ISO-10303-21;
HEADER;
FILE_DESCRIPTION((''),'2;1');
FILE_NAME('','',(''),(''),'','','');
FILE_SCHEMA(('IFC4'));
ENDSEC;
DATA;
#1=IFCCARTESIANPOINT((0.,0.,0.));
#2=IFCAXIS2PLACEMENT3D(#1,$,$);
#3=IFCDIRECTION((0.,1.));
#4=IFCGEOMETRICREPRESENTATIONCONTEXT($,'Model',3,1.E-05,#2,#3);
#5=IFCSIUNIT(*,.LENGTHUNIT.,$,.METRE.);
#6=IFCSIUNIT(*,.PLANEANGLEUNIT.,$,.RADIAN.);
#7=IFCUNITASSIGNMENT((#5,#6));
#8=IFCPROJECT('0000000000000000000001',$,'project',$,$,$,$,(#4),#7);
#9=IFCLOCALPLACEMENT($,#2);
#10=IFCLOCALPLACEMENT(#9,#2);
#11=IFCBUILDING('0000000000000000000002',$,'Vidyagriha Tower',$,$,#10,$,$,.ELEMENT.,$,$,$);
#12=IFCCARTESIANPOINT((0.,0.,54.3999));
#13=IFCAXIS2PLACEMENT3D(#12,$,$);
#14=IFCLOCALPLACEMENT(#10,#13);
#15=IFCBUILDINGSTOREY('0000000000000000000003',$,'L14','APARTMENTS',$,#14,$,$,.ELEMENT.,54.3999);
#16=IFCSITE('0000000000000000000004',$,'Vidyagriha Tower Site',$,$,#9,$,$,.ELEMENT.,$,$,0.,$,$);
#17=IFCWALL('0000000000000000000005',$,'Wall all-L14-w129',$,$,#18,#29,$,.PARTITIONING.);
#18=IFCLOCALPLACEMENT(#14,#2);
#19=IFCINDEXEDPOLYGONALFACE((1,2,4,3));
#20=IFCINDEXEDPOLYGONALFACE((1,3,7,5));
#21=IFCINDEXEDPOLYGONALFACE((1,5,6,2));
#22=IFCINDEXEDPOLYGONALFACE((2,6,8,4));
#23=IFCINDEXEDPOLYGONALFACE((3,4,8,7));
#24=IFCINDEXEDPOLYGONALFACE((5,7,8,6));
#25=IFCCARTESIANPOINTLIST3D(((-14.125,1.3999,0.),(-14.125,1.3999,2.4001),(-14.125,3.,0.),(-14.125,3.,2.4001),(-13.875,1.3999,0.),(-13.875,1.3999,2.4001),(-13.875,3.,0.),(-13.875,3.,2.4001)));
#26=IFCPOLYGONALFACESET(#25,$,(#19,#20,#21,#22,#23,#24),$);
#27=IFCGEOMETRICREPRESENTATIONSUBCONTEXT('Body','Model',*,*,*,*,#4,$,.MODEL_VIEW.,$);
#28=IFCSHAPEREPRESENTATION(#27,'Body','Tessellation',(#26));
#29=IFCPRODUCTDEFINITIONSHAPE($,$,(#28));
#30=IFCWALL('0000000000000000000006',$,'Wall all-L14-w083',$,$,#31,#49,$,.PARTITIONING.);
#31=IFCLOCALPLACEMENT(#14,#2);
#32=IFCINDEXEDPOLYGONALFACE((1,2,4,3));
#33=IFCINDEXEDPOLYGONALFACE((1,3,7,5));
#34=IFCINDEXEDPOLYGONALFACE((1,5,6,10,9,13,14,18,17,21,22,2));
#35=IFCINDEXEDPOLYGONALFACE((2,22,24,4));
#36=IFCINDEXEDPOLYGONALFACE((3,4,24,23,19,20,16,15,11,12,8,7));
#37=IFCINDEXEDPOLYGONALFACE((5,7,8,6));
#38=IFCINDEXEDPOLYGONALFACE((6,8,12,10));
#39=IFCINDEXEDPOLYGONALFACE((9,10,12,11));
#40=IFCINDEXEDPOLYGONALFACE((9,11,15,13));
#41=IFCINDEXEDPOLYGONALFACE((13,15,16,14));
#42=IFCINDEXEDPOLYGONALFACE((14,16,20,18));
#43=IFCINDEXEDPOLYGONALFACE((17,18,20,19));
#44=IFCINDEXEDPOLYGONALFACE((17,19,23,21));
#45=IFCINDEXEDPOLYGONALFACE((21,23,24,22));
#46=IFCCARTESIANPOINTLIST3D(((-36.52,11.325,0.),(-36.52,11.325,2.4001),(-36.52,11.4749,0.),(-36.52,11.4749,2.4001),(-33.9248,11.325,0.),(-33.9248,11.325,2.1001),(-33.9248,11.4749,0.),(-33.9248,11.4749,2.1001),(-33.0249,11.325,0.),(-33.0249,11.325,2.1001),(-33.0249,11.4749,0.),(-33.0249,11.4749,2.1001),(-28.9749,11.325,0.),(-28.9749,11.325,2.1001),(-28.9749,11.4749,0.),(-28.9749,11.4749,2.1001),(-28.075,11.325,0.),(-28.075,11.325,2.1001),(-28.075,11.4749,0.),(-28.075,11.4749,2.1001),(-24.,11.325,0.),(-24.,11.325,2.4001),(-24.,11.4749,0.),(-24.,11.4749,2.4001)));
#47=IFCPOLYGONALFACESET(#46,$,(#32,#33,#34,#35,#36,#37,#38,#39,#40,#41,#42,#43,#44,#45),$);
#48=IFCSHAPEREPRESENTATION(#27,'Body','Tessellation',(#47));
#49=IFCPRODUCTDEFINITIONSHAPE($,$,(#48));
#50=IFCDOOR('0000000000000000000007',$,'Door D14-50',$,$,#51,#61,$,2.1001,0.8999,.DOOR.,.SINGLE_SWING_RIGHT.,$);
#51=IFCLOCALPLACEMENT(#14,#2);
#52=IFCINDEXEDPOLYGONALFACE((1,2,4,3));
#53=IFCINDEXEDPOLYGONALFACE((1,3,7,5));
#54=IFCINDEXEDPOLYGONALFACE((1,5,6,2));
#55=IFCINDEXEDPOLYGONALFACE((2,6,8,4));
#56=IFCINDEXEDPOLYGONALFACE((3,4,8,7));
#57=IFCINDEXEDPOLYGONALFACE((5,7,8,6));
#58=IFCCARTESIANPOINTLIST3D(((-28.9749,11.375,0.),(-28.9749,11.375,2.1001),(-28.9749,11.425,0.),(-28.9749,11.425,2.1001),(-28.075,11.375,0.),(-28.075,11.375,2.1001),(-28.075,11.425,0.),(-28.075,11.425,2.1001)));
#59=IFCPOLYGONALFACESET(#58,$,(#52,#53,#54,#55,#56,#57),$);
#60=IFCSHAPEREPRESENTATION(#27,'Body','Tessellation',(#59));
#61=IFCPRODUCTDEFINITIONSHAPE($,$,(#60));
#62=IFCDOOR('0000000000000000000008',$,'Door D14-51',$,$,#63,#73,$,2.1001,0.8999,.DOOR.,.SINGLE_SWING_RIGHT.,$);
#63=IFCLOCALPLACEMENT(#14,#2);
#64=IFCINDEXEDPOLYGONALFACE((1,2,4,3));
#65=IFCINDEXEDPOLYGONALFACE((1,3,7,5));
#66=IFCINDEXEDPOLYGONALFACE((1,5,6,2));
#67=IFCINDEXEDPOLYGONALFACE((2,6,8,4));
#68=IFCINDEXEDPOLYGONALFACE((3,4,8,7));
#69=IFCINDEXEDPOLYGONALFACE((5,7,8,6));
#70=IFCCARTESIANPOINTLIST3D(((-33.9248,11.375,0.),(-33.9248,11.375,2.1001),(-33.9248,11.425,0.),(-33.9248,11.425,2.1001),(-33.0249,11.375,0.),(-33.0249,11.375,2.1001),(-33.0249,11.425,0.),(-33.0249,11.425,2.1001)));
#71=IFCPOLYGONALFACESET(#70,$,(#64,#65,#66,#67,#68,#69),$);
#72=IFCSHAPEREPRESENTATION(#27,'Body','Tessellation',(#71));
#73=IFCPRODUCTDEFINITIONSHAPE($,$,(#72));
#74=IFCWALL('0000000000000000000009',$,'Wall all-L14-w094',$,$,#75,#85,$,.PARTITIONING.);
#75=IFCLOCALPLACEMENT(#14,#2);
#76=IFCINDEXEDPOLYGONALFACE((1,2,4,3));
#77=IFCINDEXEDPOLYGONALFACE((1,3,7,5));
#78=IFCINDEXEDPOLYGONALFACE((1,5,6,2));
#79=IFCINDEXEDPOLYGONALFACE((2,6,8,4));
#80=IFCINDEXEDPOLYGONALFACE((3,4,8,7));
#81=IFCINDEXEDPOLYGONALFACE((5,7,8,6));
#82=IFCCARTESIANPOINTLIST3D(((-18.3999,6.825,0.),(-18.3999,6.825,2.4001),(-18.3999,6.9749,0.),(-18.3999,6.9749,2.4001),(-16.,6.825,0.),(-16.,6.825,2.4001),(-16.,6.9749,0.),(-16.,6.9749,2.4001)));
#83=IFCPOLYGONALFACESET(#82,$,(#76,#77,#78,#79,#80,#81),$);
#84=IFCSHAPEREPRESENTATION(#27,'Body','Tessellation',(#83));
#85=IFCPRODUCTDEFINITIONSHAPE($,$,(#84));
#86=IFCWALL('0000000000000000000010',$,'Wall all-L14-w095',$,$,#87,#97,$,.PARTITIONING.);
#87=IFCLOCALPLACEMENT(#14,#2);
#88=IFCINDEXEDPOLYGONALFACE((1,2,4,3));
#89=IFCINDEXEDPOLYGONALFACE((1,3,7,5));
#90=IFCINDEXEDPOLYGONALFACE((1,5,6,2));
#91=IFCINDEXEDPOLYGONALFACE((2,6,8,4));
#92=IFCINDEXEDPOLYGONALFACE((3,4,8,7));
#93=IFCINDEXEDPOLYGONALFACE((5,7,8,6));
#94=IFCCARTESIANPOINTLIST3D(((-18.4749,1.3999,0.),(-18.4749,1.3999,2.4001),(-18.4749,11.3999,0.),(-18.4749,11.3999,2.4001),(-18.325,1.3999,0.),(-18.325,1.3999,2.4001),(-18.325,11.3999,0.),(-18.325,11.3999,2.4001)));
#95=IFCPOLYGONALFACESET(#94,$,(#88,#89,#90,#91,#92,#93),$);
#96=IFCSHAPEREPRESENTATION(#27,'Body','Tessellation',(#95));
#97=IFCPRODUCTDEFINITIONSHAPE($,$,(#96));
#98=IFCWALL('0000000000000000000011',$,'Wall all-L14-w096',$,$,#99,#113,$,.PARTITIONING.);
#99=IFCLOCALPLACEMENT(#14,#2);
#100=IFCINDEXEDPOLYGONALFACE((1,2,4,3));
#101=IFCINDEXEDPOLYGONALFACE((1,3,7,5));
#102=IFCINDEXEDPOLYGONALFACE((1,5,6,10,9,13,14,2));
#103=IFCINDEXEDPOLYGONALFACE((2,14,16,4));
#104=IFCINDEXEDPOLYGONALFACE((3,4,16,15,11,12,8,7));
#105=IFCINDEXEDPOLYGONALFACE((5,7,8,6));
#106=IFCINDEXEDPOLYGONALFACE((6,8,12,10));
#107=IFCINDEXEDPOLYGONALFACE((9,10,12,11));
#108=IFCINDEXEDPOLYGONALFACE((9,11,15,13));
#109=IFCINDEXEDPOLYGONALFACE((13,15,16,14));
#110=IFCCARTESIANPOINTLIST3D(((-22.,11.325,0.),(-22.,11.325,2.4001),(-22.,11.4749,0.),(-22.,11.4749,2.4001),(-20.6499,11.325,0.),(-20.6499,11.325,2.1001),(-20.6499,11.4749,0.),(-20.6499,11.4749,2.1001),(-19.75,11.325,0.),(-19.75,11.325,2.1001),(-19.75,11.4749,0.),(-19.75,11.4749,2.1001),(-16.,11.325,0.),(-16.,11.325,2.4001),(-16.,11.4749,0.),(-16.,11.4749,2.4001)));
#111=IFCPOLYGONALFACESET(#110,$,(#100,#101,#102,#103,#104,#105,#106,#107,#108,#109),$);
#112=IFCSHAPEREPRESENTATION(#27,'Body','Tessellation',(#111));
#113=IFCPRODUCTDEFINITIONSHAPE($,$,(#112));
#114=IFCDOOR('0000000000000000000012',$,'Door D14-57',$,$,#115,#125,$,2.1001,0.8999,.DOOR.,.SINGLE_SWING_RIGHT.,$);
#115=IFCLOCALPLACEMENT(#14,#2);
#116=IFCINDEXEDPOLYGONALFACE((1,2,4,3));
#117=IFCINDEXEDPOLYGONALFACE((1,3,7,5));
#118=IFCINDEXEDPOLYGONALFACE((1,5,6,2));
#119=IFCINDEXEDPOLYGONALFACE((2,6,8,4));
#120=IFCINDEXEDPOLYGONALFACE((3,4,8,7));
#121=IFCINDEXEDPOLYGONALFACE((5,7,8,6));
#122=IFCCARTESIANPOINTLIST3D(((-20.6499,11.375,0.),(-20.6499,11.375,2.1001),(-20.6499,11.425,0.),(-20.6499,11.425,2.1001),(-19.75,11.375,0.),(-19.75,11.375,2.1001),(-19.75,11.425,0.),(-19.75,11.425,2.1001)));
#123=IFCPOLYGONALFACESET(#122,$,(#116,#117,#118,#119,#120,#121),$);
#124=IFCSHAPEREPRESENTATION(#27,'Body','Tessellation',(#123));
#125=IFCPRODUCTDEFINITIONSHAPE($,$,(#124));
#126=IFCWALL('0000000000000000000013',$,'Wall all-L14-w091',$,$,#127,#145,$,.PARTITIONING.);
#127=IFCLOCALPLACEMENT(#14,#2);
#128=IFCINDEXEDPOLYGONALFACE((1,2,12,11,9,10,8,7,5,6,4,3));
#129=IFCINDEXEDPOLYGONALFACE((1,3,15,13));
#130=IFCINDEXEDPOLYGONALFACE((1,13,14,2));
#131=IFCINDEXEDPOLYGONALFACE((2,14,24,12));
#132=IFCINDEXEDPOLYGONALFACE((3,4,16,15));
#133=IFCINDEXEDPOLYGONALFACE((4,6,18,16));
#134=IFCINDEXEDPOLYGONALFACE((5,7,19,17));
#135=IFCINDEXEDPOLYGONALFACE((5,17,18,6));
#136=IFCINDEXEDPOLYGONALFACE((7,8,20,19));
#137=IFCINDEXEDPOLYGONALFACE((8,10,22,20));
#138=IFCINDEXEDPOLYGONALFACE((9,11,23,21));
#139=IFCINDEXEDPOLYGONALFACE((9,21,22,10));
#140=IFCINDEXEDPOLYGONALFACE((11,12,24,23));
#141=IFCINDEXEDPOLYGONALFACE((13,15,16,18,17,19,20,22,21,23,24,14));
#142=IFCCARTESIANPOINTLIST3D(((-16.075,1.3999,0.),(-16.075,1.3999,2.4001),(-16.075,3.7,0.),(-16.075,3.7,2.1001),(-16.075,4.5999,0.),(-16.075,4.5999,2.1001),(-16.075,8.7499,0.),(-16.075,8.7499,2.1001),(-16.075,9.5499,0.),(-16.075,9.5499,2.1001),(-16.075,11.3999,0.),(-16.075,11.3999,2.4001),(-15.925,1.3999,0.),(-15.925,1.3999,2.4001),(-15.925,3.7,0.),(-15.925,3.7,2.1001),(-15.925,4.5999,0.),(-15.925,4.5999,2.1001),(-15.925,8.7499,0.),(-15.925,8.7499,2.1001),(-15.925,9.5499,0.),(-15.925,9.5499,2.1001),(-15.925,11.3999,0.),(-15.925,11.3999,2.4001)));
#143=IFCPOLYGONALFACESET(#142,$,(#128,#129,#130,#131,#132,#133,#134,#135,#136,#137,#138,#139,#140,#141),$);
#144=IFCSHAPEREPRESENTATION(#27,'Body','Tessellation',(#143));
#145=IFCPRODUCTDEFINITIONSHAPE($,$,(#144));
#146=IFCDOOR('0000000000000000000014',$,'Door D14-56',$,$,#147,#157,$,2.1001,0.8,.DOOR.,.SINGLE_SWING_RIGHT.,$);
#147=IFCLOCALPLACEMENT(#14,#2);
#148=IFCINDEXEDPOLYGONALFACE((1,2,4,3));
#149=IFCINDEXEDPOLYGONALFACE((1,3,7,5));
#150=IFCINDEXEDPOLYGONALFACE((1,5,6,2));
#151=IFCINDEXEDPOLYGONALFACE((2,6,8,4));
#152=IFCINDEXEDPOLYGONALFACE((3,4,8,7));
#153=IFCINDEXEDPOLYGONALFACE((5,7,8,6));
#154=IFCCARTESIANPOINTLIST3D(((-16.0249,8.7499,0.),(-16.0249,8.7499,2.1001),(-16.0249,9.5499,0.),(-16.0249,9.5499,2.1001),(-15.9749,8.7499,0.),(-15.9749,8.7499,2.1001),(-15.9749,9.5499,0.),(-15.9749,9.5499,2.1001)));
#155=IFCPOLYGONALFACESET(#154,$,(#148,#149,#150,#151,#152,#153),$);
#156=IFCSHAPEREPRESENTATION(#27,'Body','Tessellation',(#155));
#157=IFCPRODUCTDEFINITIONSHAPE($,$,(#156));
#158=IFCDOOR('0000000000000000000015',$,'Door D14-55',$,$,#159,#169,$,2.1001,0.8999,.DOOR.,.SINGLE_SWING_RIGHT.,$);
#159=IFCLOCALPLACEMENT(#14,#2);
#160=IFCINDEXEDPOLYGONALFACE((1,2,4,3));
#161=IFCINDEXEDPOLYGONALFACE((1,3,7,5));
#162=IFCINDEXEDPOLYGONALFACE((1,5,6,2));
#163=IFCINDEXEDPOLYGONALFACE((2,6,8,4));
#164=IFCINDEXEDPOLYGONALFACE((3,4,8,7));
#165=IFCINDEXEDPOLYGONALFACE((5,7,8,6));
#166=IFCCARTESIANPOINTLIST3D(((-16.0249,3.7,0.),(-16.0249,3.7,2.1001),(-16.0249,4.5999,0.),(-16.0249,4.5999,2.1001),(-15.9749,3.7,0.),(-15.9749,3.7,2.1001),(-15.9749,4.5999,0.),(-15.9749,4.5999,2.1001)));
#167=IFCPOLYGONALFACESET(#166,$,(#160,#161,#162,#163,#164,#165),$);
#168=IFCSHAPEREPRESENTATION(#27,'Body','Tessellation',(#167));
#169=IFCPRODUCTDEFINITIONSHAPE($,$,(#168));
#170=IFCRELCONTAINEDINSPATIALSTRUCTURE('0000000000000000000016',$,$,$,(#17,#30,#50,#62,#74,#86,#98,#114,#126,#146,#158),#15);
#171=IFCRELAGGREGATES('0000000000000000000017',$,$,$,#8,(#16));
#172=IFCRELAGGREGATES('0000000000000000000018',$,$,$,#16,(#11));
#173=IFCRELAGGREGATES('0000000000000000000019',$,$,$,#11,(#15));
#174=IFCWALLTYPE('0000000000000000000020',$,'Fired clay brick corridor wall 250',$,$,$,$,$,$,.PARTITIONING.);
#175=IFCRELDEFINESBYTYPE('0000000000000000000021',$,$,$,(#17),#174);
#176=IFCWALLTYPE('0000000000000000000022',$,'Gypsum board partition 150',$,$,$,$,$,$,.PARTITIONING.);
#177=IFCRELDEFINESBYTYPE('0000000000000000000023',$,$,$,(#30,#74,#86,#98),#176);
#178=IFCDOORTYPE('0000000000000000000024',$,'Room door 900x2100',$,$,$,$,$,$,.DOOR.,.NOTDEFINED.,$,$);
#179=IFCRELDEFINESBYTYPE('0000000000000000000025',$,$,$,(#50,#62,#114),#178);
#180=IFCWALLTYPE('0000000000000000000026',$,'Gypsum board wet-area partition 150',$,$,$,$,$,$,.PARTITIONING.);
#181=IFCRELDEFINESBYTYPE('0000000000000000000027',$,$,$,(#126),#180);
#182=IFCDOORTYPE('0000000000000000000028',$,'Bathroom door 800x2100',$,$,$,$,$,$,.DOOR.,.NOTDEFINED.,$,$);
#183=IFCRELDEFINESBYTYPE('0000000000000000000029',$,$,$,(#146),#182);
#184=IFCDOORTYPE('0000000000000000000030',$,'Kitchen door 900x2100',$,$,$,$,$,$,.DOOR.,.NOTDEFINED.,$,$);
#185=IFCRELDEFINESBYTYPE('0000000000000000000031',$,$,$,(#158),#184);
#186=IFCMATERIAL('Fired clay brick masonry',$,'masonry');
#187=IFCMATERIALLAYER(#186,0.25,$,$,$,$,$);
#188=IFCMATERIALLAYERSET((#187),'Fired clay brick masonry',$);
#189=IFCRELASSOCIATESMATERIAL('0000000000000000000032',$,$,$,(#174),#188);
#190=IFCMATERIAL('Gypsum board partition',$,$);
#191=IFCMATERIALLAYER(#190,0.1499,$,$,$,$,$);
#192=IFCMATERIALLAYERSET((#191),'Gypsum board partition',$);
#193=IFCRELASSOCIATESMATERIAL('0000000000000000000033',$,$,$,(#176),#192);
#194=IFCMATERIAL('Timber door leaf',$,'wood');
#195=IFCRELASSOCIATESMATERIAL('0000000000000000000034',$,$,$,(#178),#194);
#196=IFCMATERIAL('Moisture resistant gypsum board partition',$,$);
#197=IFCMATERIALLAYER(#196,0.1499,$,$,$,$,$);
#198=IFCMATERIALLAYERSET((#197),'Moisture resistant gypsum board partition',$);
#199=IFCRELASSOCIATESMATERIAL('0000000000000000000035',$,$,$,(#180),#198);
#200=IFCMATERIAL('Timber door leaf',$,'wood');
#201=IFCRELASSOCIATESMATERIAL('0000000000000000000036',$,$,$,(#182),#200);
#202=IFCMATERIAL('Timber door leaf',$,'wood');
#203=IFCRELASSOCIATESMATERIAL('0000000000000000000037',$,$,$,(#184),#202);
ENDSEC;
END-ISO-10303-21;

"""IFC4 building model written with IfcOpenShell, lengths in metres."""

from ifc_helpers import new_model, si_unit, direction, frame, frame_2d, origin, place, context, subcontext, project, spatial, rectangle, extrude, material, layer, layer_set, type_object, element, fill, save


model = new_model("IFC4")

# Units and contexts
model_context = context("Model", 3, precision=1e-05, world=origin(), true_north=direction((0.0, 1.0)))
body_context = subcontext(model_context, "Body", "Model", "MODEL_VIEW")
ifc_project = project(units=[si_unit("LENGTHUNIT", "METRE"), si_unit("PLANEANGLEUNIT", "RADIAN")], contexts=[model_context])

# Site, building, storey
site_placement = place(None, origin())
site = spatial("IfcSite", under=ifc_project, at=site_placement, Name="Vidyagriha Tower Site", CompositionType="ELEMENT", RefElevation=0.0)
building_placement = place(site_placement, origin())
building = spatial("IfcBuilding", under=site, at=building_placement, Name="Vidyagriha Tower", CompositionType="ELEMENT")
storey_placement = place(building_placement, frame((0.0, 0.0, 54.3999)))
storey = spatial("IfcBuildingStorey", under=building, at=storey_placement, Name="L14", Description="APARTMENTS", CompositionType="ELEMENT", Elevation=54.3999)

# Wall
ifc_material_1 = material(Name="Fired clay brick masonry", Category="masonry")
ifc_layer_1 = layer(ifc_material_1, 0.25)
ifc_layer_set_1 = layer_set([ifc_layer_1], Name="Fired clay brick masonry")
wall_type_1 = type_object("IfcWallType", Name="Fired clay brick corridor wall 250", PredefinedType="PARTITIONING", material=ifc_layer_set_1)
wall_1_placement = place(storey_placement, frame((-14.0, 3.0, 0.0), z_axis=(0.0, 0.0, 1.0), x_axis=(0.0, -1.0, 0.0)))
element("IfcWall", 1, at=wall_1_placement, inside=storey, type_object=wall_type_1, Name="Wall all-L14-w129", PredefinedType="PARTITIONING", context=body_context, shape_type="SweptSolid", body=[
    extrude(rectangle(XDim=1.6001, YDim=0.25, at=frame_2d((0.8, 0.0))), origin(), (0.0, 0.0, 1.0), 2.4001),
])

# Wall, openings, doors
ifc_material_2 = material(Name="Gypsum board partition")
ifc_layer_2 = layer(ifc_material_2, 0.1499)
ifc_layer_set_2 = layer_set([ifc_layer_2], Name="Gypsum board partition")
wall_type_2 = type_object("IfcWallType", Name="Gypsum board partition 150", PredefinedType="PARTITIONING", material=ifc_layer_set_2)
wall_2_placement = place(storey_placement, frame((-24.0, 11.3999, 0.0), z_axis=(0.0, 0.0, 1.0), x_axis=(-1.0, 0.0, 0.0)))
wall_2 = element("IfcWall", 2, at=wall_2_placement, inside=storey, type_object=wall_type_2, Name="Wall all-L14-w083", PredefinedType="PARTITIONING", context=body_context, shape_type="SweptSolid", body=[
    extrude(rectangle(XDim=12.52, YDim=0.1499, at=frame_2d((6.26, 0.0))), origin(), (0.0, 0.0, 1.0), 2.4001),
])
opening_1_placement = place(wall_2_placement, frame((4.075, 0.0, 0.0)))
opening_1 = element("IfcOpeningElement", 3, at=opening_1_placement, cuts=wall_2, PredefinedType="OPENING", context=body_context, shape_type="SweptSolid", body=[
    extrude(rectangle(XDim=0.8999, YDim=2.1001, at=frame_2d((0.45, 1.05))), frame((0.0, 0.085, 0.0), z_axis=(0.0, -1.0, 0.0), x_axis=(1.0, 0.0, 0.0)), (0.0, 0.0, 1.0), 0.1699),
])
opening_2_placement = place(wall_2_placement, frame((9.0249, 0.0, 0.0)))
opening_2 = element("IfcOpeningElement", 4, at=opening_2_placement, cuts=wall_2, PredefinedType="OPENING", context=body_context, shape_type="SweptSolid", body=[
    extrude(rectangle(XDim=0.8999, YDim=2.1001, at=frame_2d((0.45, 1.05))), frame((0.0, 0.085, 0.0), z_axis=(0.0, -1.0, 0.0), x_axis=(1.0, 0.0, 0.0)), (0.0, 0.0, 1.0), 0.1699),
])
ifc_material_3 = material(Name="Timber door leaf", Category="wood")
door_type_1 = type_object("IfcDoorType", Name="Room door 900x2100", OperationType="NOTDEFINED", PredefinedType="DOOR", material=ifc_material_3)
door_1_placement = place(opening_1_placement, origin())
door_1 = element("IfcDoor", 5, at=door_1_placement, inside=storey, type_object=door_type_1, Name="Door D14-50", OperationType="SINGLE_SWING_RIGHT", OverallHeight=2.1001, OverallWidth=0.8999, PredefinedType="DOOR", context=body_context, shape_type="SweptSolid", body=[
    extrude(rectangle(XDim=0.8999, YDim=2.1001, at=frame_2d((0.45, 1.05))), frame((0.0, 0.0249, 0.0), z_axis=(0.0, -1.0, 0.0), x_axis=(1.0, 0.0, 0.0)), (0.0, 0.0, 1.0), 0.05),
])
fill(opening_1, door_1)
door_2_placement = place(opening_2_placement, origin())
door_2 = element("IfcDoor", 6, at=door_2_placement, inside=storey, type_object=door_type_1, Name="Door D14-51", OperationType="SINGLE_SWING_RIGHT", OverallHeight=2.1001, OverallWidth=0.8999, PredefinedType="DOOR", context=body_context, shape_type="SweptSolid", body=[
    extrude(rectangle(XDim=0.8999, YDim=2.1001, at=frame_2d((0.45, 1.05))), frame((0.0, 0.0249, 0.0), z_axis=(0.0, -1.0, 0.0), x_axis=(1.0, 0.0, 0.0)), (0.0, 0.0, 1.0), 0.05),
])
fill(opening_2, door_2)

# Walls
wall_3_placement = place(storey_placement, frame((-18.3999, 6.8999, 0.0)))
element("IfcWall", 7, at=wall_3_placement, inside=storey, type_object=wall_type_2, Name="Wall all-L14-w094", PredefinedType="PARTITIONING", context=body_context, shape_type="SweptSolid", body=[
    extrude(rectangle(XDim=2.3999, YDim=0.1499, at=frame_2d((1.2, 0.0))), origin(), (0.0, 0.0, 1.0), 2.4001),
])
wall_4_placement = place(storey_placement, frame((-18.3999, 1.3999, 0.0), z_axis=(0.0, 0.0, 1.0), x_axis=(0.0, 1.0, 0.0)))
element("IfcWall", 8, at=wall_4_placement, inside=storey, type_object=wall_type_2, Name="Wall all-L14-w095", PredefinedType="PARTITIONING", context=body_context, shape_type="SweptSolid", body=[
    extrude(rectangle(XDim=10.0, YDim=0.1499, at=frame_2d((5.0, 0.0))), origin(), (0.0, 0.0, 1.0), 2.4001),
])

# Wall, opening, door
wall_5_placement = place(storey_placement, frame((-16.0, 11.3999, 0.0), z_axis=(0.0, 0.0, 1.0), x_axis=(-1.0, 0.0, 0.0)))
wall_5 = element("IfcWall", 9, at=wall_5_placement, inside=storey, type_object=wall_type_2, Name="Wall all-L14-w096", PredefinedType="PARTITIONING", context=body_context, shape_type="SweptSolid", body=[
    extrude(rectangle(XDim=6.0, YDim=0.1499, at=frame_2d((3.0, 0.0))), origin(), (0.0, 0.0, 1.0), 2.4001),
])
opening_3_placement = place(wall_5_placement, frame((3.75, 0.0, 0.0)))
opening_3 = element("IfcOpeningElement", 10, at=opening_3_placement, cuts=wall_5, PredefinedType="OPENING", context=body_context, shape_type="SweptSolid", body=[
    extrude(rectangle(XDim=0.8999, YDim=2.1001, at=frame_2d((0.45, 1.05))), frame((0.0, 0.085, 0.0), z_axis=(0.0, -1.0, 0.0), x_axis=(1.0, 0.0, 0.0)), (0.0, 0.0, 1.0), 0.1699),
])
door_3_placement = place(opening_3_placement, origin())
door_3 = element("IfcDoor", 11, at=door_3_placement, inside=storey, type_object=door_type_1, Name="Door D14-57", OperationType="SINGLE_SWING_RIGHT", OverallHeight=2.1001, OverallWidth=0.8999, PredefinedType="DOOR", context=body_context, shape_type="SweptSolid", body=[
    extrude(rectangle(XDim=0.8999, YDim=2.1001, at=frame_2d((0.45, 1.05))), frame((0.0, 0.0249, 0.0), z_axis=(0.0, -1.0, 0.0), x_axis=(1.0, 0.0, 0.0)), (0.0, 0.0, 1.0), 0.05),
])
fill(opening_3, door_3)

# Wall, openings, doors
ifc_material_4 = material(Name="Moisture resistant gypsum board partition")
ifc_layer_3 = layer(ifc_material_4, 0.1499)
ifc_layer_set_3 = layer_set([ifc_layer_3], Name="Moisture resistant gypsum board partition")
wall_type_3 = type_object("IfcWallType", Name="Gypsum board wet-area partition 150", PredefinedType="PARTITIONING", material=ifc_layer_set_3)
wall_6_placement = place(storey_placement, frame((-16.0, 1.3999, 0.0), z_axis=(0.0, 0.0, 1.0), x_axis=(0.0, 1.0, 0.0)))
wall_6 = element("IfcWall", 12, at=wall_6_placement, inside=storey, type_object=wall_type_3, Name="Wall all-L14-w091", PredefinedType="PARTITIONING", context=body_context, shape_type="SweptSolid", body=[
    extrude(rectangle(XDim=10.0, YDim=0.1499, at=frame_2d((5.0, 0.0))), origin(), (0.0, 0.0, 1.0), 2.4001),
])
opening_4_placement = place(wall_6_placement, frame((2.3, 0.0, 0.0)))
opening_4 = element("IfcOpeningElement", 13, at=opening_4_placement, cuts=wall_6, PredefinedType="OPENING", context=body_context, shape_type="SweptSolid", body=[
    extrude(rectangle(XDim=0.8999, YDim=2.1001, at=frame_2d((0.45, 1.05))), frame((0.0, 0.085, 0.0), z_axis=(0.0, -1.0, 0.0), x_axis=(1.0, 0.0, 0.0)), (0.0, 0.0, 1.0), 0.1699),
])
opening_5_placement = place(wall_6_placement, frame((7.3501, 0.0, 0.0)))
opening_5 = element("IfcOpeningElement", 14, at=opening_5_placement, cuts=wall_6, PredefinedType="OPENING", context=body_context, shape_type="SweptSolid", body=[
    extrude(rectangle(XDim=0.8, YDim=2.1001, at=frame_2d((0.3999, 1.05))), frame((0.0, 0.085, 0.0), z_axis=(0.0, -1.0, 0.0), x_axis=(1.0, 0.0, 0.0)), (0.0, 0.0, 1.0), 0.1699),
])
ifc_material_5 = material(Name="Timber door leaf", Category="wood")
door_type_2 = type_object("IfcDoorType", Name="Bathroom door 800x2100", OperationType="NOTDEFINED", PredefinedType="DOOR", material=ifc_material_5)
door_4_placement = place(opening_5_placement, origin())
door_4 = element("IfcDoor", 15, at=door_4_placement, inside=storey, type_object=door_type_2, Name="Door D14-56", OperationType="SINGLE_SWING_RIGHT", OverallHeight=2.1001, OverallWidth=0.8, PredefinedType="DOOR", context=body_context, shape_type="SweptSolid", body=[
    extrude(rectangle(XDim=0.8, YDim=2.1001, at=frame_2d((0.3999, 1.05))), frame((0.0, 0.0249, 0.0), z_axis=(0.0, -1.0, 0.0), x_axis=(1.0, 0.0, 0.0)), (0.0, 0.0, 1.0), 0.05),
])
fill(opening_5, door_4)
ifc_material_6 = material(Name="Timber door leaf", Category="wood")
door_type_3 = type_object("IfcDoorType", Name="Kitchen door 900x2100", OperationType="NOTDEFINED", PredefinedType="DOOR", material=ifc_material_6)
door_5_placement = place(opening_4_placement, origin())
door_5 = element("IfcDoor", 16, at=door_5_placement, inside=storey, type_object=door_type_3, Name="Door D14-55", OperationType="SINGLE_SWING_RIGHT", OverallHeight=2.1001, OverallWidth=0.8999, PredefinedType="DOOR", context=body_context, shape_type="SweptSolid", body=[
    extrude(rectangle(XDim=0.8999, YDim=2.1001, at=frame_2d((0.45, 1.05))), frame((0.0, 0.0249, 0.0), z_axis=(0.0, -1.0, 0.0), x_axis=(1.0, 0.0, 0.0)), (0.0, 0.0, 1.0), 0.05),
])
fill(opening_4, door_5)

save(model, "model.ifc")
